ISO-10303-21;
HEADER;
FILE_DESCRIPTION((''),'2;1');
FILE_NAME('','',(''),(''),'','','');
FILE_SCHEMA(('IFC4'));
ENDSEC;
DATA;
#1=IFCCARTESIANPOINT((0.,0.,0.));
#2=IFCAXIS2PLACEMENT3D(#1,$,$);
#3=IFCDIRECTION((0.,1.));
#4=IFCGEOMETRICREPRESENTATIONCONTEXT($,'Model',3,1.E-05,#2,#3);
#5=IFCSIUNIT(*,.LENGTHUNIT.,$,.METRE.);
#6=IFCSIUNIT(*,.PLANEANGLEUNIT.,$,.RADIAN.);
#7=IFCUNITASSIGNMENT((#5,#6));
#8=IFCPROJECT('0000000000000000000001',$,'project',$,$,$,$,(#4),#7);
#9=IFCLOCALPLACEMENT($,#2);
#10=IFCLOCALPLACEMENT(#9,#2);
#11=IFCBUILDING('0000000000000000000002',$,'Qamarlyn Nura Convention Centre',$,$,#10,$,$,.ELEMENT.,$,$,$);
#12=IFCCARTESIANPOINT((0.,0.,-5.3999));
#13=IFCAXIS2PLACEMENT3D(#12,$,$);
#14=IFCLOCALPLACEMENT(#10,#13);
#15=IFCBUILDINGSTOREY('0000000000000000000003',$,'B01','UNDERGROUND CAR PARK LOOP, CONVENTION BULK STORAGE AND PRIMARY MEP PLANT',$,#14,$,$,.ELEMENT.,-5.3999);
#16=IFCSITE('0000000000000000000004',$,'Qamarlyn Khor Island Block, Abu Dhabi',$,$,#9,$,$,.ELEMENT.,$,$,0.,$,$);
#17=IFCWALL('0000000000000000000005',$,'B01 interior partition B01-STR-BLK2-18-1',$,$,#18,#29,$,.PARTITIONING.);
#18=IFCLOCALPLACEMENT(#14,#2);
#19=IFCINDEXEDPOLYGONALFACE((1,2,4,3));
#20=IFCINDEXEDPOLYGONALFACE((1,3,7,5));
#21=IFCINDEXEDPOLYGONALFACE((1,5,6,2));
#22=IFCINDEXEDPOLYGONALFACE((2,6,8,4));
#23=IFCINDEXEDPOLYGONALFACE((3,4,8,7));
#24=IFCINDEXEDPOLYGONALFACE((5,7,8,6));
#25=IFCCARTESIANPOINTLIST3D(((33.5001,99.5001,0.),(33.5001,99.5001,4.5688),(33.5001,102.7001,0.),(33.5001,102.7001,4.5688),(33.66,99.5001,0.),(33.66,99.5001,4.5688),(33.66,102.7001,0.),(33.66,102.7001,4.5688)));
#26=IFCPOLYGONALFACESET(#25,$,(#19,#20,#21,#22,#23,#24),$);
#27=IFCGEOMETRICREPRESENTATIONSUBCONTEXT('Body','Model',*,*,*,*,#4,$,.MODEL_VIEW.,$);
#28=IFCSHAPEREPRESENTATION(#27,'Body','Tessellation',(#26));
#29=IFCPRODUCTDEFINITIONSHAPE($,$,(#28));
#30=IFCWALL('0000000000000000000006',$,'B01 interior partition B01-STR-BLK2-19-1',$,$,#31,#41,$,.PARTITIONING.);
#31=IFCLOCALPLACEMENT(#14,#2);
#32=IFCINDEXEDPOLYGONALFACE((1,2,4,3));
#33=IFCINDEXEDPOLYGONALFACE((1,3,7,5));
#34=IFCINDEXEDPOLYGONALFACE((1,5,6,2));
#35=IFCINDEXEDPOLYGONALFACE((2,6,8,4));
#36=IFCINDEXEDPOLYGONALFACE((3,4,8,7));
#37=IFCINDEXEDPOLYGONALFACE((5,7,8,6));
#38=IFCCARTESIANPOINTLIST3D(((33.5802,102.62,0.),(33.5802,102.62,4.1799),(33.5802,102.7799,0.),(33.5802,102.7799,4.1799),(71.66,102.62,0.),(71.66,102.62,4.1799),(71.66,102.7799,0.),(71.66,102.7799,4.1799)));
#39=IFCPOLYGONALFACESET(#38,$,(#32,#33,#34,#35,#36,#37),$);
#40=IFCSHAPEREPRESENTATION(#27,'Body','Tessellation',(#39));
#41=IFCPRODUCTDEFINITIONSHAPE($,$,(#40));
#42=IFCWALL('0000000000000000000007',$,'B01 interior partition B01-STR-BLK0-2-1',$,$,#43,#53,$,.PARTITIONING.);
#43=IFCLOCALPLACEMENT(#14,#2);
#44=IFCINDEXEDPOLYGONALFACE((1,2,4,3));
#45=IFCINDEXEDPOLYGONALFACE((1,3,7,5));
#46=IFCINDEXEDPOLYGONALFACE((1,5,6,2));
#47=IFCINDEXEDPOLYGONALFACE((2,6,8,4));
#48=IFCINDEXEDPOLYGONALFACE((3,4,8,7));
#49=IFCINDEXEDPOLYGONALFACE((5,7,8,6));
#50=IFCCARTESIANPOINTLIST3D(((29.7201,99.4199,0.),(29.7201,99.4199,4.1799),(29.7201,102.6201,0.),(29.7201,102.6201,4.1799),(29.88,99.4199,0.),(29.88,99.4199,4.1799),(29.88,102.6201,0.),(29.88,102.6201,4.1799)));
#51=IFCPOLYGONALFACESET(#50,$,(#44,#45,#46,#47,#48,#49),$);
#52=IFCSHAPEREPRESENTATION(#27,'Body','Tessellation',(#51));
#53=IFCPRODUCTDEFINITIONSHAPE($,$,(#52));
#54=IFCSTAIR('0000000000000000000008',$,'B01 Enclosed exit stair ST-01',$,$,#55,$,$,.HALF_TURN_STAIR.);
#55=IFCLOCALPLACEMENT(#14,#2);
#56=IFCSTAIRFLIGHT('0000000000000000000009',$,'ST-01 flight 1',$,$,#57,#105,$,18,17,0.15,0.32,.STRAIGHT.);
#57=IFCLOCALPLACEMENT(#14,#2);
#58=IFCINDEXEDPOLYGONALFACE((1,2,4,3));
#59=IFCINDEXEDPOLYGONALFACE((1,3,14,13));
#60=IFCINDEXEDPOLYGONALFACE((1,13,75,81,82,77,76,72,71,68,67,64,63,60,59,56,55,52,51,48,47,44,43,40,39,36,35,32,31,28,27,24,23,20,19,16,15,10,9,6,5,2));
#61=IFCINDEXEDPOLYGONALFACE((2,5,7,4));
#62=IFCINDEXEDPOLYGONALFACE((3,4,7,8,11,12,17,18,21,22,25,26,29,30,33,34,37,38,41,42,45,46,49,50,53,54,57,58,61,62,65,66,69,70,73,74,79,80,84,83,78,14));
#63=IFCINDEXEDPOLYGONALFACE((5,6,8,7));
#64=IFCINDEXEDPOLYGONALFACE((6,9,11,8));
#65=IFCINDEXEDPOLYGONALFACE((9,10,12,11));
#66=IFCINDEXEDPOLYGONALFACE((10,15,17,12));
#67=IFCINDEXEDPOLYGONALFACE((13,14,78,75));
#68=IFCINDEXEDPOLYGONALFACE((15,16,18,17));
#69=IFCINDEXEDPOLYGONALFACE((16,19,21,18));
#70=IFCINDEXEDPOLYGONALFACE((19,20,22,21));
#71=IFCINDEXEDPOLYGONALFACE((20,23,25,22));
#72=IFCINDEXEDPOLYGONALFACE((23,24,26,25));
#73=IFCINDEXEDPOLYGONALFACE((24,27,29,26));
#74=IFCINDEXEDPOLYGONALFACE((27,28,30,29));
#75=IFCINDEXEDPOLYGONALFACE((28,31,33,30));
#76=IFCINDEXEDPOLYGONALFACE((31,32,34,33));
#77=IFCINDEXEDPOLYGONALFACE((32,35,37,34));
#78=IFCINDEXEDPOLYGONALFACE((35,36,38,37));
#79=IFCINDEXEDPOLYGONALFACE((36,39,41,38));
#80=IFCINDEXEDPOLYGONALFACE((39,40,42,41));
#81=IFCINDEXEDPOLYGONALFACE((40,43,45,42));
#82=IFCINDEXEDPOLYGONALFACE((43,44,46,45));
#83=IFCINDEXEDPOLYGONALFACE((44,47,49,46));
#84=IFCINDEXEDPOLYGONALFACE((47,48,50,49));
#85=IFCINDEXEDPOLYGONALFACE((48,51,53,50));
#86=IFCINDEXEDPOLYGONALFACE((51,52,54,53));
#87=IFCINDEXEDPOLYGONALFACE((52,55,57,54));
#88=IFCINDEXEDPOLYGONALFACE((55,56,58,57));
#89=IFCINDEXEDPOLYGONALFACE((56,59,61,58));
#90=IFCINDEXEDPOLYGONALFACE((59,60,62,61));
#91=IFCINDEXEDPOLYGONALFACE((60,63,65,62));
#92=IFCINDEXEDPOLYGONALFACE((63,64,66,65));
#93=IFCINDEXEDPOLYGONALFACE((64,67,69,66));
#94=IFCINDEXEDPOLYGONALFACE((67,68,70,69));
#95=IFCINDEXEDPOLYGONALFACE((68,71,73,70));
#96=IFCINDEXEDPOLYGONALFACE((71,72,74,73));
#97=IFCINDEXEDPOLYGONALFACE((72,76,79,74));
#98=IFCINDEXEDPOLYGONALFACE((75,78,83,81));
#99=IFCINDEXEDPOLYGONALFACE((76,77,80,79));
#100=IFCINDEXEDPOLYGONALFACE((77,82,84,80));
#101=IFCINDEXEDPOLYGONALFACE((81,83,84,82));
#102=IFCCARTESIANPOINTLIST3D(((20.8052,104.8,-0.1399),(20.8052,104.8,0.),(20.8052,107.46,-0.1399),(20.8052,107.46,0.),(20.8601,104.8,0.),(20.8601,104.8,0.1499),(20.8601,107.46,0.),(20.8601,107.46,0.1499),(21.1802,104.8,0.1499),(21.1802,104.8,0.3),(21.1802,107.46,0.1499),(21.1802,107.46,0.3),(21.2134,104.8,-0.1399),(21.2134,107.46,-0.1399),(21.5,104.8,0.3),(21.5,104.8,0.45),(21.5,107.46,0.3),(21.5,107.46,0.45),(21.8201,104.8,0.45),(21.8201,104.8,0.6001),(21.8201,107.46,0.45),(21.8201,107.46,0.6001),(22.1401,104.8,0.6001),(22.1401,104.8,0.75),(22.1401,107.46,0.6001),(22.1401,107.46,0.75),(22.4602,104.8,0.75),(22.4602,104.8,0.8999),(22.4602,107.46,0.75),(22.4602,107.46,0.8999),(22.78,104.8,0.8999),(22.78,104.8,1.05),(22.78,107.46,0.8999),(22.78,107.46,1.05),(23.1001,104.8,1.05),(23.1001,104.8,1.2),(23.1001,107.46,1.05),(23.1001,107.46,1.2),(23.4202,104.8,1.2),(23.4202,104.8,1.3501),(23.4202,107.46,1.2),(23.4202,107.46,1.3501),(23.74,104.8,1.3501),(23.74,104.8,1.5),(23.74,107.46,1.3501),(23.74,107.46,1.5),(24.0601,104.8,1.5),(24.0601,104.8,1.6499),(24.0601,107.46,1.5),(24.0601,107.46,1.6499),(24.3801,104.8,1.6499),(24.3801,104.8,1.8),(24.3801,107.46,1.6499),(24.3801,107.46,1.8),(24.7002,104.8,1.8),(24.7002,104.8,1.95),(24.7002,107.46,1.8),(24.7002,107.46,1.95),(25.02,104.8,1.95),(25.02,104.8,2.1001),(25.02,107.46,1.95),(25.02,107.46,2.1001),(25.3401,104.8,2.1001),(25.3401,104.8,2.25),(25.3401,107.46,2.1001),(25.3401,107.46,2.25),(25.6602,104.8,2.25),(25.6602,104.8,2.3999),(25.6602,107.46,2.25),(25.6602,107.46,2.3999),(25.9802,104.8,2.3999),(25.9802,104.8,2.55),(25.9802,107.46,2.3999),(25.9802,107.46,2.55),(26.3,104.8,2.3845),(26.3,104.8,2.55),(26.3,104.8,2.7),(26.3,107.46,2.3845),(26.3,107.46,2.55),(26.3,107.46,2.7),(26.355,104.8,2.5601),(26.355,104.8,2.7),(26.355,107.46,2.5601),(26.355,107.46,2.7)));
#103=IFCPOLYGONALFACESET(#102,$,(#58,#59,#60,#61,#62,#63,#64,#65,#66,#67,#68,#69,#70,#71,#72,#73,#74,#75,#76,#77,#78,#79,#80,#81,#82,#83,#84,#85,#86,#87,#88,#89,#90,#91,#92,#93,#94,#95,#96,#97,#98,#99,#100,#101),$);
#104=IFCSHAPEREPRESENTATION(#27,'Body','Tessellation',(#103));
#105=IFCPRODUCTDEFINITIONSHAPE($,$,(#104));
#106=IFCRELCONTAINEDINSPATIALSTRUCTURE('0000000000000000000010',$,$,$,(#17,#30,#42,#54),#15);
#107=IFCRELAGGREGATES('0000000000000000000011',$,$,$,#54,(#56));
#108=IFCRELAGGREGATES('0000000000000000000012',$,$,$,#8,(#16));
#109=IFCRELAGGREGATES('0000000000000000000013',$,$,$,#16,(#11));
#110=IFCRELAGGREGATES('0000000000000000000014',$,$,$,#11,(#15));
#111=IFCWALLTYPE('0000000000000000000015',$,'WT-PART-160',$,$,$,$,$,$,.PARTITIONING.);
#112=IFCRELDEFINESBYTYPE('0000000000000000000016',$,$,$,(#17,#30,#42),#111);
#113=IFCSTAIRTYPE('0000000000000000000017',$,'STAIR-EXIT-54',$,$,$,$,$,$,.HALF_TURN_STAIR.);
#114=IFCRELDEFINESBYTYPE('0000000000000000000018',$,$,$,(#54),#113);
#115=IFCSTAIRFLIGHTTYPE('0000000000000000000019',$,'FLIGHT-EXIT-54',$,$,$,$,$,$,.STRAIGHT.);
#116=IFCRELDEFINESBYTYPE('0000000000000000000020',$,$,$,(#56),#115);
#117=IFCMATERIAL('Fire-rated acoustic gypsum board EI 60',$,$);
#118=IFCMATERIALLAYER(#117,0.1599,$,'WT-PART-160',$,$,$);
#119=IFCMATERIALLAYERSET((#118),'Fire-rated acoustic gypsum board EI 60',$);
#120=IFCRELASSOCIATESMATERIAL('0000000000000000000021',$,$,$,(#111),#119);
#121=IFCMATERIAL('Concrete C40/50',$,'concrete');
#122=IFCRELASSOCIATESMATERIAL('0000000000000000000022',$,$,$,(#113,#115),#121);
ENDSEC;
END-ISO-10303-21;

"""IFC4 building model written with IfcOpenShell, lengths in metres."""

from ifc_helpers import new_model, si_unit, direction, frame, frame_2d, origin, place, context, subcontext, project, spatial, polyline, rectangle, outline, extrude, material, layer, layer_set, type_object, element, aggregate, save


model = new_model("IFC4")

# Units and contexts
model_context = context("Model", 3, precision=1e-05, world=origin(), true_north=direction((0.0, 1.0)))
body_context = subcontext(model_context, "Body", "Model", "MODEL_VIEW")
ifc_project = project(units=[si_unit("LENGTHUNIT", "METRE"), si_unit("PLANEANGLEUNIT", "RADIAN")], contexts=[model_context])

# Site, building, storey
site_placement = place(None, origin())
site = spatial("IfcSite", under=ifc_project, at=site_placement, Name="Qamarlyn Khor Island Block, Abu Dhabi", CompositionType="ELEMENT", RefElevation=0.0)
building_placement = place(site_placement, origin())
building = spatial("IfcBuilding", under=site, at=building_placement, Name="Qamarlyn Nura Convention Centre", CompositionType="ELEMENT")
storey_placement = place(building_placement, frame((0.0, 0.0, -5.3999)))
storey = spatial("IfcBuildingStorey", under=building, at=storey_placement, Name="B01", Description="UNDERGROUND CAR PARK LOOP, CONVENTION BULK STORAGE AND PRIMARY MEP PLANT", CompositionType="ELEMENT", Elevation=-5.3999)

# Shared definitions
ifc_material_1 = material(Name="Concrete C40/50", Category="concrete")

# Walls
ifc_material_2 = material(Name="Fire-rated acoustic gypsum board EI 60")
ifc_layer_1 = layer(ifc_material_2, 0.1599, Name="WT-PART-160")
ifc_layer_set_1 = layer_set([ifc_layer_1], Name="Fire-rated acoustic gypsum board EI 60")
wall_type_1 = type_object("IfcWallType", Name="WT-PART-160", PredefinedType="PARTITIONING", material=ifc_layer_set_1)
wall_1_placement = place(storey_placement, frame((33.5801, 99.5, 0.0), z_axis=(0.0, 0.0, 1.0), x_axis=(0.0, 1.0, 0.0)))
element("IfcWall", 1, at=wall_1_placement, inside=storey, type_object=wall_type_1, Name="B01 interior partition B01-STR-BLK2-18-1", PredefinedType="PARTITIONING", context=body_context, shape_type="SweptSolid", body=[
    extrude(rectangle(XDim=3.2, YDim=0.1599, at=frame_2d((1.6001, 0.0))), origin(), (0.0, 0.0, 1.0), 4.5688),
])
wall_2_placement = place(storey_placement, frame((33.5801, 102.7, 0.0), z_axis=(0.0, 0.0, 1.0), x_axis=(1.0, 0.0, 0.0)))
element("IfcWall", 2, at=wall_2_placement, inside=storey, type_object=wall_type_1, Name="B01 interior partition B01-STR-BLK2-19-1", PredefinedType="PARTITIONING", context=body_context, shape_type="SweptSolid", body=[
    extrude(rectangle(XDim=38.0798, YDim=0.1599, at=frame_2d((19.04, 0.0))), origin(), (0.0, 0.0, 1.0), 4.1799),
])
wall_3_placement = place(storey_placement, frame((29.8, 102.6201, 0.0), z_axis=(0.0, 0.0, 1.0), x_axis=(0.0, -1.0, 0.0)))
element("IfcWall", 3, at=wall_3_placement, inside=storey, type_object=wall_type_1, Name="B01 interior partition B01-STR-BLK0-2-1", PredefinedType="PARTITIONING", context=body_context, shape_type="SweptSolid", body=[
    extrude(rectangle(XDim=3.2002, YDim=0.1599, at=frame_2d((1.6001, 0.0))), origin(), (0.0, 0.0, 1.0), 4.1799),
])

# Stair, stair flight
stair_type = type_object("IfcStairType", Name="STAIR-EXIT-54", PredefinedType="HALF_TURN_STAIR", material=ifc_material_1)
stair_placement = place(storey_placement, origin())
stair = element("IfcStair", 4, at=stair_placement, inside=storey, type_object=stair_type, Name="B01 Enclosed exit stair ST-01", PredefinedType="HALF_TURN_STAIR")
stair_flight_type = type_object("IfcStairFlightType", Name="FLIGHT-EXIT-54", PredefinedType="STRAIGHT", material=ifc_material_1)
stair_flight_placement = place(storey_placement, frame((20.8601, 106.1299, 0.0), z_axis=(0.0, 0.0, 1.0), x_axis=(1.0, 0.0, 0.0)))
stair_flight = element("IfcStairFlight", 5, at=stair_flight_placement, type_object=stair_flight_type, Name="ST-01 flight 1", NumberOfRisers=18, NumberOfTreads=17, PredefinedType="STRAIGHT", RiserHeight=0.15, TreadLength=0.32, context=body_context, shape_type="SweptSolid", body=[
    extrude(outline(polyline([(-0.0549, 0.0), (0.0, 0.0), (0.0, 0.1499), (0.3201, 0.1499), (0.3201, 0.3), (0.6399, 0.3), (0.6399, 0.45), (0.96, 0.45), (0.96, 0.6001), (1.28, 0.6001), (1.28, 0.75), (1.6001, 0.75), (1.6001, 0.8999), (1.9199, 0.8999), (1.9199, 1.05), (2.24, 1.05), (2.24, 1.2), (2.5601, 1.2), (2.5601, 1.3501), (2.8799, 1.3501), (2.8799, 1.5), (3.2, 1.5), (3.2, 1.6499), (3.52, 1.6499), (3.52, 1.8), (3.8401, 1.8), (3.8401, 1.95), (4.1599, 1.95), (4.1599, 2.1001), (4.48, 2.1001), (4.48, 2.25), (4.8, 2.25), (4.8, 2.3999), (5.1201, 2.3999), (5.1201, 2.55), (5.4399, 2.55), (5.4399, 2.7), (5.4949, 2.7), (5.4949, 2.5601), (5.4399, 2.3845), (0.3533, -0.1399), (-0.0549, -0.1399), (-0.0549, 0.0)])), frame((0.0, 1.3301, 0.0), z_axis=(0.0, -1.0, 0.0), x_axis=(1.0, 0.0, 0.0)), (0.0, 0.0, 1.0), 2.6599),
])
aggregate(stair, [stair_flight])

save(model, "model.ifc")
